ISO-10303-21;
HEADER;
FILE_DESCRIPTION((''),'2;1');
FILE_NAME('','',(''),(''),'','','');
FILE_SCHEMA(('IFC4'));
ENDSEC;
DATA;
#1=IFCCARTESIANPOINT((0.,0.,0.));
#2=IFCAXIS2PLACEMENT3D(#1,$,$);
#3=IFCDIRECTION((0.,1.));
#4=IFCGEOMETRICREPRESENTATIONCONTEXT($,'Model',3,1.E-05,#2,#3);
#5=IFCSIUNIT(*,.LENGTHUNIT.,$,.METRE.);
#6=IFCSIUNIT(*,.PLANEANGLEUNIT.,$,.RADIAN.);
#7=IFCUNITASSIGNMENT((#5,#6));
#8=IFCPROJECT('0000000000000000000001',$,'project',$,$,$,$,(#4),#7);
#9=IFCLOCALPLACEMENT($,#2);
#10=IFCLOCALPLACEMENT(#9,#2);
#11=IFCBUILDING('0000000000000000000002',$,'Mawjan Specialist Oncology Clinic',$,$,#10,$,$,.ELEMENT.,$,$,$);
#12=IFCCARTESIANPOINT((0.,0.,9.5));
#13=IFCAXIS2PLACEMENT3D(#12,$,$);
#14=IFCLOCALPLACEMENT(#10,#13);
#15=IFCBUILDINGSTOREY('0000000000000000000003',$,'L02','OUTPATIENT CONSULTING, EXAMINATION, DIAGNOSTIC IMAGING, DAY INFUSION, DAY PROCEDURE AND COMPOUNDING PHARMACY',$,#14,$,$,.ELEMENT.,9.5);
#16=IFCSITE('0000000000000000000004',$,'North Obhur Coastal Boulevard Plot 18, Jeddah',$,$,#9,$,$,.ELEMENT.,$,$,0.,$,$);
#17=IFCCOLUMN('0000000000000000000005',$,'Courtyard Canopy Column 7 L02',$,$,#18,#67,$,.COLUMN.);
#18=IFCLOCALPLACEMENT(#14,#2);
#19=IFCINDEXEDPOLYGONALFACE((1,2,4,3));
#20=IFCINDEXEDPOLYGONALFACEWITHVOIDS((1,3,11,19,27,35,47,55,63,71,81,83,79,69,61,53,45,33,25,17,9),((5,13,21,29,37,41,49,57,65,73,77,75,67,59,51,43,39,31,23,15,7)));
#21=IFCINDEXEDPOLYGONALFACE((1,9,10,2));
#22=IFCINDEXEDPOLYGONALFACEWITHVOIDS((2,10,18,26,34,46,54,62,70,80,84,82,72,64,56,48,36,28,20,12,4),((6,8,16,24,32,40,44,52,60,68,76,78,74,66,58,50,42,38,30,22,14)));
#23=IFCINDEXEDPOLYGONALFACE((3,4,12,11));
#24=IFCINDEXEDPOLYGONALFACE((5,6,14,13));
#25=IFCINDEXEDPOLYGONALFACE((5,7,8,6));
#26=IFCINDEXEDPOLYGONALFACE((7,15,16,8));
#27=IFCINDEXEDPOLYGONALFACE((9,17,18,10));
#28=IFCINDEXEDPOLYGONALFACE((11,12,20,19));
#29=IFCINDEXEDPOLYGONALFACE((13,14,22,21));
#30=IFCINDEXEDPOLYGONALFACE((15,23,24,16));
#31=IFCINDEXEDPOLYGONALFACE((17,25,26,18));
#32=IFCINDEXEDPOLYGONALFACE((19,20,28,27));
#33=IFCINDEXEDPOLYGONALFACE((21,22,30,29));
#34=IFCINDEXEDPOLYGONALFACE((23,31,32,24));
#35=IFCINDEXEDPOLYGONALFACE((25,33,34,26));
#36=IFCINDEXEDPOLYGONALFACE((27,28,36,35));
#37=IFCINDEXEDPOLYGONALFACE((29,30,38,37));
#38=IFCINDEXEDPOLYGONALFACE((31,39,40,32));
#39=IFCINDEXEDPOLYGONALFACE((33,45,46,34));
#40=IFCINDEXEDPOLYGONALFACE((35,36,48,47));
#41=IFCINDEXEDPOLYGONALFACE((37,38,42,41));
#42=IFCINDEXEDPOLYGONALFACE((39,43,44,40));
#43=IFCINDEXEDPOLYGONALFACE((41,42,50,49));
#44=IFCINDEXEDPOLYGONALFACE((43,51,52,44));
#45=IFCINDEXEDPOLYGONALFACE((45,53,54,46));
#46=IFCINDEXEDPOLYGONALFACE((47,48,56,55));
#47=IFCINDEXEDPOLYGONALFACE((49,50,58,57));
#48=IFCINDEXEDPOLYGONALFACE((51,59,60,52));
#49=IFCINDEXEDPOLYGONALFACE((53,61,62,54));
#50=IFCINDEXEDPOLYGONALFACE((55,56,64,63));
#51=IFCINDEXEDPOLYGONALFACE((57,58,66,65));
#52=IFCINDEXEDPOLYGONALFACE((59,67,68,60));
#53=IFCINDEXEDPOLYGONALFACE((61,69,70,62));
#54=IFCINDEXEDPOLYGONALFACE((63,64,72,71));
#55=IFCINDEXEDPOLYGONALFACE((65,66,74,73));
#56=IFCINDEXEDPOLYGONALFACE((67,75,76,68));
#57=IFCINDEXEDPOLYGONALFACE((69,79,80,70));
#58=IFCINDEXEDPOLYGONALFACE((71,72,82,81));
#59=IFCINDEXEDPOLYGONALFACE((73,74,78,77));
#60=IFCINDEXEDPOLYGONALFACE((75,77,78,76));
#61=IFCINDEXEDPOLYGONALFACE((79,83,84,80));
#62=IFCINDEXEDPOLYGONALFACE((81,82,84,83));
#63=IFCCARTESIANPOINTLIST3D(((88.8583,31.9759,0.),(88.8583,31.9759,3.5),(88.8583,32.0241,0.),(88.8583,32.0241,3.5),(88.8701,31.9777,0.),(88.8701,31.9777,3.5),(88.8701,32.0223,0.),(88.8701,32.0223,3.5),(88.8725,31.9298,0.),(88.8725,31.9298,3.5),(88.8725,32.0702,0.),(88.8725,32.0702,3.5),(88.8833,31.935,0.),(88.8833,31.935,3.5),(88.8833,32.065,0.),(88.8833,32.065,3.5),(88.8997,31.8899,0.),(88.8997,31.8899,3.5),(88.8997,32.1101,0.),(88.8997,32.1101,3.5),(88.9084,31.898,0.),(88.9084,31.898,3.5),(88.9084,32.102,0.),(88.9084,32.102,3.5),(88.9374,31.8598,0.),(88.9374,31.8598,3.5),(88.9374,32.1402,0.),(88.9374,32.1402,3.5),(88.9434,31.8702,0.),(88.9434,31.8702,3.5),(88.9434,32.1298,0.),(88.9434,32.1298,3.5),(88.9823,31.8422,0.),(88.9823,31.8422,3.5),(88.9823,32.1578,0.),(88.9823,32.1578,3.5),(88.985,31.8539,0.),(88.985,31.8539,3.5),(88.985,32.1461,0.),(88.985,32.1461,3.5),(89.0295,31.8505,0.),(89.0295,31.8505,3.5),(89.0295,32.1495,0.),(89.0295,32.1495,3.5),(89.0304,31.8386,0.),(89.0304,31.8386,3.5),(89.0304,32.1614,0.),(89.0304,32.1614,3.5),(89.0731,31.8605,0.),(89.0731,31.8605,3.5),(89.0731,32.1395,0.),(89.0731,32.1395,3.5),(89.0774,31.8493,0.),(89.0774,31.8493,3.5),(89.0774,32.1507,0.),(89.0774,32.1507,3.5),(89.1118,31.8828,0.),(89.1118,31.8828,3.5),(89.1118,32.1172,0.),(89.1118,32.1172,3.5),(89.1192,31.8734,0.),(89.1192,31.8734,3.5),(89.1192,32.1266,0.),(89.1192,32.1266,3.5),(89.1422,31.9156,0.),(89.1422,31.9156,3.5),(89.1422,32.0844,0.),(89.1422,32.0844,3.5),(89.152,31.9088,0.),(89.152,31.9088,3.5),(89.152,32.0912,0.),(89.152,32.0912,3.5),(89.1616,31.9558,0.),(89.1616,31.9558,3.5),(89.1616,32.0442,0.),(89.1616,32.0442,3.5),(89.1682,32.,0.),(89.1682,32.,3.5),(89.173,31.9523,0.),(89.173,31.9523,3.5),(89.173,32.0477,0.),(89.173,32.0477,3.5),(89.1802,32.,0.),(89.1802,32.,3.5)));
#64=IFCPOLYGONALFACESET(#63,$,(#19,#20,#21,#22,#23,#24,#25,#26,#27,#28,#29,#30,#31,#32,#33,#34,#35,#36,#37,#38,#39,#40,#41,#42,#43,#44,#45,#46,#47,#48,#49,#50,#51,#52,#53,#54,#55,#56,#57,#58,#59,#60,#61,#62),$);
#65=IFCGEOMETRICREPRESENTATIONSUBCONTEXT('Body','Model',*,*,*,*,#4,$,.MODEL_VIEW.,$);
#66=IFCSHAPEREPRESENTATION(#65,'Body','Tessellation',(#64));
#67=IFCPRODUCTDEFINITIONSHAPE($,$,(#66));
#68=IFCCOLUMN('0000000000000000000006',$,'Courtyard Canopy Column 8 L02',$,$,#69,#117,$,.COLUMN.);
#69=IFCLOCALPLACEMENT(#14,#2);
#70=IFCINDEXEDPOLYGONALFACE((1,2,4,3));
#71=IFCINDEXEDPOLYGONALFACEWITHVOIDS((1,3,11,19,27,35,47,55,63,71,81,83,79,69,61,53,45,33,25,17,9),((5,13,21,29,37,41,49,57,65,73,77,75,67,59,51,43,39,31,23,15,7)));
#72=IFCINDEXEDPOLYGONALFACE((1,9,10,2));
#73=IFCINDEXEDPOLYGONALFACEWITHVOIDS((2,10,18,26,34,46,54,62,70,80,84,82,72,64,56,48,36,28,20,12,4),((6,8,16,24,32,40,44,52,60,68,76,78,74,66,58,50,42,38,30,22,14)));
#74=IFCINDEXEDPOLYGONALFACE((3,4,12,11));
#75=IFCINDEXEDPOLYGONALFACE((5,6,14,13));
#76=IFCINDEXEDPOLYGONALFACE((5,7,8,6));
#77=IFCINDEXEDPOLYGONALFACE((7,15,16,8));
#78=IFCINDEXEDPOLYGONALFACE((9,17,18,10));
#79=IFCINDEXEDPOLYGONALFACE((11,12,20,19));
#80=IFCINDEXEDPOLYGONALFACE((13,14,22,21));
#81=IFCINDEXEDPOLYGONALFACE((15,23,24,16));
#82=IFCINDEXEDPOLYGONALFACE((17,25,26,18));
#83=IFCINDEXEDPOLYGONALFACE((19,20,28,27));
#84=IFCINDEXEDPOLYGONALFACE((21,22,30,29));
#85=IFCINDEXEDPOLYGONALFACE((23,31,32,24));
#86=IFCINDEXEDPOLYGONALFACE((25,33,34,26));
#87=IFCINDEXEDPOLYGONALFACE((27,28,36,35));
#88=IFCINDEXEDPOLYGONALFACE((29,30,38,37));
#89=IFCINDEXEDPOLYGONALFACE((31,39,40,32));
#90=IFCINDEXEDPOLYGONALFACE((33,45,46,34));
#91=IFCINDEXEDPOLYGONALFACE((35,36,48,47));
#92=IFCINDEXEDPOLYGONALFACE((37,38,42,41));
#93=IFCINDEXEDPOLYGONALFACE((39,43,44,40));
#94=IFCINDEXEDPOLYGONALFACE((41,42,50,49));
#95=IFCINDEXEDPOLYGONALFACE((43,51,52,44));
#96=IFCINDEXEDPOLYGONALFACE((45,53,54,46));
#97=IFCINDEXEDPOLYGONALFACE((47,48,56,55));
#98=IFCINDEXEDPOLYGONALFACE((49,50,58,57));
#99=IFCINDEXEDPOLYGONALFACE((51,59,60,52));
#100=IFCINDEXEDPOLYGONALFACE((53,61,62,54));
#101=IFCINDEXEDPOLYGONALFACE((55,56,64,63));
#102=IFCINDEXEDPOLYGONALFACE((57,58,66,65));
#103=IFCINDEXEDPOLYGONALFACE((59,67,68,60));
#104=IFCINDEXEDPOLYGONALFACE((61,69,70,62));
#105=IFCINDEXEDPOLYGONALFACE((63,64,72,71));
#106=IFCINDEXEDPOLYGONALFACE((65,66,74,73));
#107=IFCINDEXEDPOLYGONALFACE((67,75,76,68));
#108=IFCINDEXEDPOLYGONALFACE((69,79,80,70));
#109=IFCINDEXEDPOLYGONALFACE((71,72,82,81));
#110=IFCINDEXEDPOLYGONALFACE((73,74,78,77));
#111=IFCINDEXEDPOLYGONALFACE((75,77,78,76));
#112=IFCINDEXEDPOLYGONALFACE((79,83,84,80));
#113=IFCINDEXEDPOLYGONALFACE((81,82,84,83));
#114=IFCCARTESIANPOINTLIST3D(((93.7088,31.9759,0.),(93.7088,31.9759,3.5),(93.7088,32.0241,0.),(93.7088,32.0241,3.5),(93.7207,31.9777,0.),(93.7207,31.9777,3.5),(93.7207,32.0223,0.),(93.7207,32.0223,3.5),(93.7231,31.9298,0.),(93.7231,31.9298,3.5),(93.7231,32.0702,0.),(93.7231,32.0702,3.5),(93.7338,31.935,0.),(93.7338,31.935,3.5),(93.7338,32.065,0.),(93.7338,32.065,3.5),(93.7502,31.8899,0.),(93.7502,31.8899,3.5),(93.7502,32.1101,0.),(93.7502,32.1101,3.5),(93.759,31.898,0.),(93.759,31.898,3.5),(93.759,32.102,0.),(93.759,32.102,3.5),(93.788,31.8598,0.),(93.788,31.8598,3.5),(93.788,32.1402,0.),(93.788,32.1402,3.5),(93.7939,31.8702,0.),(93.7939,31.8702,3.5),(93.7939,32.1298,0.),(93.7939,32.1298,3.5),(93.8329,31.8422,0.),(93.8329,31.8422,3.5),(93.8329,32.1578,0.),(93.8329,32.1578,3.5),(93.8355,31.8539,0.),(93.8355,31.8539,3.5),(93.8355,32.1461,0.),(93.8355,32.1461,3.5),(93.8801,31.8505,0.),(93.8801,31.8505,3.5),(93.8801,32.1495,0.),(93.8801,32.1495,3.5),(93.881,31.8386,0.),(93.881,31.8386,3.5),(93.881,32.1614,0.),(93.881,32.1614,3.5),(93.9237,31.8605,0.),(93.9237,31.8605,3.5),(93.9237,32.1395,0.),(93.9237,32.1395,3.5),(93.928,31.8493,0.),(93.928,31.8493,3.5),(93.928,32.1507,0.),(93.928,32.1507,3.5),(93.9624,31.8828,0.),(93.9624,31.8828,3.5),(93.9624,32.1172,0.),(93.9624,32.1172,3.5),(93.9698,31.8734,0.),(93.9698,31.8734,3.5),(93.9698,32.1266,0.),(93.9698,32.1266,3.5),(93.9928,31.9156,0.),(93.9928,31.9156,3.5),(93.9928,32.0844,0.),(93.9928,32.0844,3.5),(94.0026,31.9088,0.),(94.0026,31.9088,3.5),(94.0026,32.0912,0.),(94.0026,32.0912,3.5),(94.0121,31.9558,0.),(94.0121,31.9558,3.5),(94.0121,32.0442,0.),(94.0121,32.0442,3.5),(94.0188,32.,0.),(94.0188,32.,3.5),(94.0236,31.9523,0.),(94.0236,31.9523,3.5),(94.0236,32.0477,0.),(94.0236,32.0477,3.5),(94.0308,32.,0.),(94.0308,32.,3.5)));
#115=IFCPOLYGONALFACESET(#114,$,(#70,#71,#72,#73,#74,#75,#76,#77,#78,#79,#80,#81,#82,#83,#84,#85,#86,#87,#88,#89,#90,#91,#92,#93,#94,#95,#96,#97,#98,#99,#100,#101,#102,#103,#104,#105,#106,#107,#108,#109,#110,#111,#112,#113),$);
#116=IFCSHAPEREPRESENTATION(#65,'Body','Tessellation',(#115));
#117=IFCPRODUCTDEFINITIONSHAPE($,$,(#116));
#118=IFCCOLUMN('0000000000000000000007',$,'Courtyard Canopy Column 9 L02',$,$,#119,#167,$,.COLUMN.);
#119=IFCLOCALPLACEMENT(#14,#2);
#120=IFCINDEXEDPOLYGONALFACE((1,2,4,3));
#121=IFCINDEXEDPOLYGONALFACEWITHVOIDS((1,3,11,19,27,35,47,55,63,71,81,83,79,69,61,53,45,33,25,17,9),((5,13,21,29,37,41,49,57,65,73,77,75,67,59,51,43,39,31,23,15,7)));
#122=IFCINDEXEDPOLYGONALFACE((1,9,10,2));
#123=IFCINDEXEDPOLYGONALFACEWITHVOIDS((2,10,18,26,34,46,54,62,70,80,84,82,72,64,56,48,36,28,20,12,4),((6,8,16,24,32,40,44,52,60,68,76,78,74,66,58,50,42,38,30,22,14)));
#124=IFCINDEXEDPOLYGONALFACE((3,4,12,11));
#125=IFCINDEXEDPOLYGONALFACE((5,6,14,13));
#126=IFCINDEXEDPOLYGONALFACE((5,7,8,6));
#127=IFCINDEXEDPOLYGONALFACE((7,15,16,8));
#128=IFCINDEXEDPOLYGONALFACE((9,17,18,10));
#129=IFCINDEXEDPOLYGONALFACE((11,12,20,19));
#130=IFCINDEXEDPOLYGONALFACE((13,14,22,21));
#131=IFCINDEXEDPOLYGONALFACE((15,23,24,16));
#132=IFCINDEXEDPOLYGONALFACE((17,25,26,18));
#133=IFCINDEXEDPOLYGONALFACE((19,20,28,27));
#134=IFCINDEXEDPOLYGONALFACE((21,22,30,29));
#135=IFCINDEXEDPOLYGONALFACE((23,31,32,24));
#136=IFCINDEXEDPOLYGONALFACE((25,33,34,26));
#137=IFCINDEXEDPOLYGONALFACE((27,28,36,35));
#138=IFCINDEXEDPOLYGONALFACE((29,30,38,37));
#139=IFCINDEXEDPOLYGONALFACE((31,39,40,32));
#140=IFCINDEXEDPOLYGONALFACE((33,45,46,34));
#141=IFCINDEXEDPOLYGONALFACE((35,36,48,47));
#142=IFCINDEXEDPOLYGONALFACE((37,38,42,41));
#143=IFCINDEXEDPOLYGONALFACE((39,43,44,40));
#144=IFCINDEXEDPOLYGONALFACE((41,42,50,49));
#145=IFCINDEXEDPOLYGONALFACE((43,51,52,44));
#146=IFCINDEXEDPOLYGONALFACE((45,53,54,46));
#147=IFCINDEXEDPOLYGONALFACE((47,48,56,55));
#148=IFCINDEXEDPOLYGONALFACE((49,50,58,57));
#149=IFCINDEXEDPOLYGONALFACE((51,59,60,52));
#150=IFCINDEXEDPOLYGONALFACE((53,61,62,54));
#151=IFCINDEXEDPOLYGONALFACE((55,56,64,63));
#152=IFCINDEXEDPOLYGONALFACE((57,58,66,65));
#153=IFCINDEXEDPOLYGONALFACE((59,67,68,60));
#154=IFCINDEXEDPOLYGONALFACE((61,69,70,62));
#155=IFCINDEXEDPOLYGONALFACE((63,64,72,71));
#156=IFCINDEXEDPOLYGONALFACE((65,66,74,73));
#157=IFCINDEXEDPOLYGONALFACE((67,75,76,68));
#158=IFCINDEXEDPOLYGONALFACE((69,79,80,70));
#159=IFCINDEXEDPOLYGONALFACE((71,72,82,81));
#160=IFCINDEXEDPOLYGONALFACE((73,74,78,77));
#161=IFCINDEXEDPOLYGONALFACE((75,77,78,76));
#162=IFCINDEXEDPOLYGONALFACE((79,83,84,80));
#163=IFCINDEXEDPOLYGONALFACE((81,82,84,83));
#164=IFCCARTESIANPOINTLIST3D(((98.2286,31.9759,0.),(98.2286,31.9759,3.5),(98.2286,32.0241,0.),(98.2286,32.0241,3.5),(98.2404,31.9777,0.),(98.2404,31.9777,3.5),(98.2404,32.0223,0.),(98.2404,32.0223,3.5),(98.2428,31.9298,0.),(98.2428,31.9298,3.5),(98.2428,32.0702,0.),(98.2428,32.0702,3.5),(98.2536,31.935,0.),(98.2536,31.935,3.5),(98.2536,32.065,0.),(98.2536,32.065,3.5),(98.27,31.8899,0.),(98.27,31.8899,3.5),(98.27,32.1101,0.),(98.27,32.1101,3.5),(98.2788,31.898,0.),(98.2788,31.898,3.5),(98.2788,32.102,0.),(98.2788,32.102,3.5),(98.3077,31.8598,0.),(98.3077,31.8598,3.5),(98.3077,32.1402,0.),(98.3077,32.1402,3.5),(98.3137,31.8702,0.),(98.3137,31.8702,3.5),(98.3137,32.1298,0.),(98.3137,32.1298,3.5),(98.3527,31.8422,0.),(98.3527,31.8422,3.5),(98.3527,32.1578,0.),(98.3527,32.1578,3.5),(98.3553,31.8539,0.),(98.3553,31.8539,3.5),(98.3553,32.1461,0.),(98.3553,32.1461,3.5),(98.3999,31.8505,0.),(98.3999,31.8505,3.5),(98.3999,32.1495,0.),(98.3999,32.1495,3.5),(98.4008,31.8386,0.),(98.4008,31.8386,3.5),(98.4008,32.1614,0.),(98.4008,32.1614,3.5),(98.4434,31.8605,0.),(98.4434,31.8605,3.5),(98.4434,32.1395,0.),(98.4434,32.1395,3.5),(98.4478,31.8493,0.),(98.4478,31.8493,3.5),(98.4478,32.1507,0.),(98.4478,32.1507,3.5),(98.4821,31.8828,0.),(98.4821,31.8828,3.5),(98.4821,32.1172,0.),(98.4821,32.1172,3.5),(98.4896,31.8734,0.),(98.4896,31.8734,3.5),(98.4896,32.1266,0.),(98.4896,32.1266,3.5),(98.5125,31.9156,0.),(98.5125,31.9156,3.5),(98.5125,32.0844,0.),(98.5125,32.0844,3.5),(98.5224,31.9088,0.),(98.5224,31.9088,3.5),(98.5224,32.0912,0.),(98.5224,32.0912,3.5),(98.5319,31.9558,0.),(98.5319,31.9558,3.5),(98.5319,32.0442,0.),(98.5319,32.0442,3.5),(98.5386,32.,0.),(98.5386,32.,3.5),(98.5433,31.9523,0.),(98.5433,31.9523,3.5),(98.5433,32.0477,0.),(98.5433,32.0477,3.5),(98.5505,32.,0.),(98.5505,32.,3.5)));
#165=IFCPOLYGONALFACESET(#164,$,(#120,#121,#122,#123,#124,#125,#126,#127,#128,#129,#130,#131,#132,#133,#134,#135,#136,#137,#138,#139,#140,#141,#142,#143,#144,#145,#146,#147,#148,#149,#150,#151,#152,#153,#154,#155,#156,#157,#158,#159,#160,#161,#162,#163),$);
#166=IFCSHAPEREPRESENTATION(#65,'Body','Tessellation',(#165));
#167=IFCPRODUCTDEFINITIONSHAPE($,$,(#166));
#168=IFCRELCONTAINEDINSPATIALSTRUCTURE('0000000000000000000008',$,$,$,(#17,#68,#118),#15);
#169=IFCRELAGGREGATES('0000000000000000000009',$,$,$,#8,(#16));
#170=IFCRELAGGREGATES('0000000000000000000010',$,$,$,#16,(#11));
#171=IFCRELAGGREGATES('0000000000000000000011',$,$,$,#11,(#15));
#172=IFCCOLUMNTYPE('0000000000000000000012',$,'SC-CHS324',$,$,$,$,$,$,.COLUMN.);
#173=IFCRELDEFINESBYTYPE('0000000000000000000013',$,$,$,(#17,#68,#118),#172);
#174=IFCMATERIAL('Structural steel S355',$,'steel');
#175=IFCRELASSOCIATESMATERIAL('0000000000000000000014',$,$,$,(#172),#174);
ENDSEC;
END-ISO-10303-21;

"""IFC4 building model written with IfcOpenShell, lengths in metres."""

from ifc_helpers import new_model, si_unit, direction, frame, origin, origin_2d, place, context, subcontext, project, spatial, hollow_circle, extrude, material, material_profile, profile_set, type_object, element, save


model = new_model("IFC4")

# Units and contexts
model_context = context("Model", 3, precision=1e-05, world=origin(), true_north=direction((0.0, 1.0)))
body_context = subcontext(model_context, "Body", "Model", "MODEL_VIEW")
ifc_project = project(units=[si_unit("LENGTHUNIT", "METRE"), si_unit("PLANEANGLEUNIT", "RADIAN")], contexts=[model_context])

# Site, building, storey
site_placement = place(None, origin())
site = spatial("IfcSite", under=ifc_project, at=site_placement, Name="North Obhur Coastal Boulevard Plot 18, Jeddah", CompositionType="ELEMENT", RefElevation=0.0)
building_placement = place(site_placement, origin())
building = spatial("IfcBuilding", under=site, at=building_placement, Name="Mawjan Specialist Oncology Clinic", CompositionType="ELEMENT")
storey_placement = place(building_placement, frame((0.0, 0.0, 9.5)))
storey = spatial("IfcBuildingStorey", under=building, at=storey_placement, Name="L02", Description="OUTPATIENT CONSULTING, EXAMINATION, DIAGNOSTIC IMAGING, DAY INFUSION, DAY PROCEDURE AND COMPOUNDING PHARMACY", CompositionType="ELEMENT", Elevation=9.5)

# Columns
ifc_material_1 = material(Name="Structural steel S355", Category="steel")
ifc_material_profile_1 = material_profile(ifc_material_1, hollow_circle(Radius=0.1619, WallThickness=0.012, at=origin_2d()), Name="CHS 323.9x12", Category="steel")
ifc_profile_set_1 = profile_set([ifc_material_profile_1], Name="Structural steel S355")
column_type = type_object("IfcColumnType", Name="SC-CHS324", PredefinedType="COLUMN", material=ifc_profile_set_1)
for number, where, z_axis, x_axis, name in (
    (1, (89.0183, 32.0, 0.0), (0.0, 0.0, 1.0), (1.0, 0.0, 0.0), "Courtyard Canopy Column 7 L02"),
    (2, (93.8689, 32.0, 0.0), (0.0, 0.0, 1.0), (1.0, 0.0, 0.0), "Courtyard Canopy Column 8 L02"),
    (3, (98.3887, 32.0, 0.0), (0.0, 0.0, 1.0), (1.0, 0.0, 0.0), "Courtyard Canopy Column 9 L02"),
):
    element("IfcColumn", number, at=place(storey_placement, frame(where, z_axis=z_axis, x_axis=x_axis)), inside=storey, type_object=column_type, Name=name, PredefinedType="COLUMN", context=body_context, shape_type="SweptSolid", body=[
        extrude(hollow_circle(Radius=0.1619, WallThickness=0.012, at=origin_2d()), origin(), (0.0, 0.0, 1.0), 3.5),
    ])

save(model, "model.ifc")
